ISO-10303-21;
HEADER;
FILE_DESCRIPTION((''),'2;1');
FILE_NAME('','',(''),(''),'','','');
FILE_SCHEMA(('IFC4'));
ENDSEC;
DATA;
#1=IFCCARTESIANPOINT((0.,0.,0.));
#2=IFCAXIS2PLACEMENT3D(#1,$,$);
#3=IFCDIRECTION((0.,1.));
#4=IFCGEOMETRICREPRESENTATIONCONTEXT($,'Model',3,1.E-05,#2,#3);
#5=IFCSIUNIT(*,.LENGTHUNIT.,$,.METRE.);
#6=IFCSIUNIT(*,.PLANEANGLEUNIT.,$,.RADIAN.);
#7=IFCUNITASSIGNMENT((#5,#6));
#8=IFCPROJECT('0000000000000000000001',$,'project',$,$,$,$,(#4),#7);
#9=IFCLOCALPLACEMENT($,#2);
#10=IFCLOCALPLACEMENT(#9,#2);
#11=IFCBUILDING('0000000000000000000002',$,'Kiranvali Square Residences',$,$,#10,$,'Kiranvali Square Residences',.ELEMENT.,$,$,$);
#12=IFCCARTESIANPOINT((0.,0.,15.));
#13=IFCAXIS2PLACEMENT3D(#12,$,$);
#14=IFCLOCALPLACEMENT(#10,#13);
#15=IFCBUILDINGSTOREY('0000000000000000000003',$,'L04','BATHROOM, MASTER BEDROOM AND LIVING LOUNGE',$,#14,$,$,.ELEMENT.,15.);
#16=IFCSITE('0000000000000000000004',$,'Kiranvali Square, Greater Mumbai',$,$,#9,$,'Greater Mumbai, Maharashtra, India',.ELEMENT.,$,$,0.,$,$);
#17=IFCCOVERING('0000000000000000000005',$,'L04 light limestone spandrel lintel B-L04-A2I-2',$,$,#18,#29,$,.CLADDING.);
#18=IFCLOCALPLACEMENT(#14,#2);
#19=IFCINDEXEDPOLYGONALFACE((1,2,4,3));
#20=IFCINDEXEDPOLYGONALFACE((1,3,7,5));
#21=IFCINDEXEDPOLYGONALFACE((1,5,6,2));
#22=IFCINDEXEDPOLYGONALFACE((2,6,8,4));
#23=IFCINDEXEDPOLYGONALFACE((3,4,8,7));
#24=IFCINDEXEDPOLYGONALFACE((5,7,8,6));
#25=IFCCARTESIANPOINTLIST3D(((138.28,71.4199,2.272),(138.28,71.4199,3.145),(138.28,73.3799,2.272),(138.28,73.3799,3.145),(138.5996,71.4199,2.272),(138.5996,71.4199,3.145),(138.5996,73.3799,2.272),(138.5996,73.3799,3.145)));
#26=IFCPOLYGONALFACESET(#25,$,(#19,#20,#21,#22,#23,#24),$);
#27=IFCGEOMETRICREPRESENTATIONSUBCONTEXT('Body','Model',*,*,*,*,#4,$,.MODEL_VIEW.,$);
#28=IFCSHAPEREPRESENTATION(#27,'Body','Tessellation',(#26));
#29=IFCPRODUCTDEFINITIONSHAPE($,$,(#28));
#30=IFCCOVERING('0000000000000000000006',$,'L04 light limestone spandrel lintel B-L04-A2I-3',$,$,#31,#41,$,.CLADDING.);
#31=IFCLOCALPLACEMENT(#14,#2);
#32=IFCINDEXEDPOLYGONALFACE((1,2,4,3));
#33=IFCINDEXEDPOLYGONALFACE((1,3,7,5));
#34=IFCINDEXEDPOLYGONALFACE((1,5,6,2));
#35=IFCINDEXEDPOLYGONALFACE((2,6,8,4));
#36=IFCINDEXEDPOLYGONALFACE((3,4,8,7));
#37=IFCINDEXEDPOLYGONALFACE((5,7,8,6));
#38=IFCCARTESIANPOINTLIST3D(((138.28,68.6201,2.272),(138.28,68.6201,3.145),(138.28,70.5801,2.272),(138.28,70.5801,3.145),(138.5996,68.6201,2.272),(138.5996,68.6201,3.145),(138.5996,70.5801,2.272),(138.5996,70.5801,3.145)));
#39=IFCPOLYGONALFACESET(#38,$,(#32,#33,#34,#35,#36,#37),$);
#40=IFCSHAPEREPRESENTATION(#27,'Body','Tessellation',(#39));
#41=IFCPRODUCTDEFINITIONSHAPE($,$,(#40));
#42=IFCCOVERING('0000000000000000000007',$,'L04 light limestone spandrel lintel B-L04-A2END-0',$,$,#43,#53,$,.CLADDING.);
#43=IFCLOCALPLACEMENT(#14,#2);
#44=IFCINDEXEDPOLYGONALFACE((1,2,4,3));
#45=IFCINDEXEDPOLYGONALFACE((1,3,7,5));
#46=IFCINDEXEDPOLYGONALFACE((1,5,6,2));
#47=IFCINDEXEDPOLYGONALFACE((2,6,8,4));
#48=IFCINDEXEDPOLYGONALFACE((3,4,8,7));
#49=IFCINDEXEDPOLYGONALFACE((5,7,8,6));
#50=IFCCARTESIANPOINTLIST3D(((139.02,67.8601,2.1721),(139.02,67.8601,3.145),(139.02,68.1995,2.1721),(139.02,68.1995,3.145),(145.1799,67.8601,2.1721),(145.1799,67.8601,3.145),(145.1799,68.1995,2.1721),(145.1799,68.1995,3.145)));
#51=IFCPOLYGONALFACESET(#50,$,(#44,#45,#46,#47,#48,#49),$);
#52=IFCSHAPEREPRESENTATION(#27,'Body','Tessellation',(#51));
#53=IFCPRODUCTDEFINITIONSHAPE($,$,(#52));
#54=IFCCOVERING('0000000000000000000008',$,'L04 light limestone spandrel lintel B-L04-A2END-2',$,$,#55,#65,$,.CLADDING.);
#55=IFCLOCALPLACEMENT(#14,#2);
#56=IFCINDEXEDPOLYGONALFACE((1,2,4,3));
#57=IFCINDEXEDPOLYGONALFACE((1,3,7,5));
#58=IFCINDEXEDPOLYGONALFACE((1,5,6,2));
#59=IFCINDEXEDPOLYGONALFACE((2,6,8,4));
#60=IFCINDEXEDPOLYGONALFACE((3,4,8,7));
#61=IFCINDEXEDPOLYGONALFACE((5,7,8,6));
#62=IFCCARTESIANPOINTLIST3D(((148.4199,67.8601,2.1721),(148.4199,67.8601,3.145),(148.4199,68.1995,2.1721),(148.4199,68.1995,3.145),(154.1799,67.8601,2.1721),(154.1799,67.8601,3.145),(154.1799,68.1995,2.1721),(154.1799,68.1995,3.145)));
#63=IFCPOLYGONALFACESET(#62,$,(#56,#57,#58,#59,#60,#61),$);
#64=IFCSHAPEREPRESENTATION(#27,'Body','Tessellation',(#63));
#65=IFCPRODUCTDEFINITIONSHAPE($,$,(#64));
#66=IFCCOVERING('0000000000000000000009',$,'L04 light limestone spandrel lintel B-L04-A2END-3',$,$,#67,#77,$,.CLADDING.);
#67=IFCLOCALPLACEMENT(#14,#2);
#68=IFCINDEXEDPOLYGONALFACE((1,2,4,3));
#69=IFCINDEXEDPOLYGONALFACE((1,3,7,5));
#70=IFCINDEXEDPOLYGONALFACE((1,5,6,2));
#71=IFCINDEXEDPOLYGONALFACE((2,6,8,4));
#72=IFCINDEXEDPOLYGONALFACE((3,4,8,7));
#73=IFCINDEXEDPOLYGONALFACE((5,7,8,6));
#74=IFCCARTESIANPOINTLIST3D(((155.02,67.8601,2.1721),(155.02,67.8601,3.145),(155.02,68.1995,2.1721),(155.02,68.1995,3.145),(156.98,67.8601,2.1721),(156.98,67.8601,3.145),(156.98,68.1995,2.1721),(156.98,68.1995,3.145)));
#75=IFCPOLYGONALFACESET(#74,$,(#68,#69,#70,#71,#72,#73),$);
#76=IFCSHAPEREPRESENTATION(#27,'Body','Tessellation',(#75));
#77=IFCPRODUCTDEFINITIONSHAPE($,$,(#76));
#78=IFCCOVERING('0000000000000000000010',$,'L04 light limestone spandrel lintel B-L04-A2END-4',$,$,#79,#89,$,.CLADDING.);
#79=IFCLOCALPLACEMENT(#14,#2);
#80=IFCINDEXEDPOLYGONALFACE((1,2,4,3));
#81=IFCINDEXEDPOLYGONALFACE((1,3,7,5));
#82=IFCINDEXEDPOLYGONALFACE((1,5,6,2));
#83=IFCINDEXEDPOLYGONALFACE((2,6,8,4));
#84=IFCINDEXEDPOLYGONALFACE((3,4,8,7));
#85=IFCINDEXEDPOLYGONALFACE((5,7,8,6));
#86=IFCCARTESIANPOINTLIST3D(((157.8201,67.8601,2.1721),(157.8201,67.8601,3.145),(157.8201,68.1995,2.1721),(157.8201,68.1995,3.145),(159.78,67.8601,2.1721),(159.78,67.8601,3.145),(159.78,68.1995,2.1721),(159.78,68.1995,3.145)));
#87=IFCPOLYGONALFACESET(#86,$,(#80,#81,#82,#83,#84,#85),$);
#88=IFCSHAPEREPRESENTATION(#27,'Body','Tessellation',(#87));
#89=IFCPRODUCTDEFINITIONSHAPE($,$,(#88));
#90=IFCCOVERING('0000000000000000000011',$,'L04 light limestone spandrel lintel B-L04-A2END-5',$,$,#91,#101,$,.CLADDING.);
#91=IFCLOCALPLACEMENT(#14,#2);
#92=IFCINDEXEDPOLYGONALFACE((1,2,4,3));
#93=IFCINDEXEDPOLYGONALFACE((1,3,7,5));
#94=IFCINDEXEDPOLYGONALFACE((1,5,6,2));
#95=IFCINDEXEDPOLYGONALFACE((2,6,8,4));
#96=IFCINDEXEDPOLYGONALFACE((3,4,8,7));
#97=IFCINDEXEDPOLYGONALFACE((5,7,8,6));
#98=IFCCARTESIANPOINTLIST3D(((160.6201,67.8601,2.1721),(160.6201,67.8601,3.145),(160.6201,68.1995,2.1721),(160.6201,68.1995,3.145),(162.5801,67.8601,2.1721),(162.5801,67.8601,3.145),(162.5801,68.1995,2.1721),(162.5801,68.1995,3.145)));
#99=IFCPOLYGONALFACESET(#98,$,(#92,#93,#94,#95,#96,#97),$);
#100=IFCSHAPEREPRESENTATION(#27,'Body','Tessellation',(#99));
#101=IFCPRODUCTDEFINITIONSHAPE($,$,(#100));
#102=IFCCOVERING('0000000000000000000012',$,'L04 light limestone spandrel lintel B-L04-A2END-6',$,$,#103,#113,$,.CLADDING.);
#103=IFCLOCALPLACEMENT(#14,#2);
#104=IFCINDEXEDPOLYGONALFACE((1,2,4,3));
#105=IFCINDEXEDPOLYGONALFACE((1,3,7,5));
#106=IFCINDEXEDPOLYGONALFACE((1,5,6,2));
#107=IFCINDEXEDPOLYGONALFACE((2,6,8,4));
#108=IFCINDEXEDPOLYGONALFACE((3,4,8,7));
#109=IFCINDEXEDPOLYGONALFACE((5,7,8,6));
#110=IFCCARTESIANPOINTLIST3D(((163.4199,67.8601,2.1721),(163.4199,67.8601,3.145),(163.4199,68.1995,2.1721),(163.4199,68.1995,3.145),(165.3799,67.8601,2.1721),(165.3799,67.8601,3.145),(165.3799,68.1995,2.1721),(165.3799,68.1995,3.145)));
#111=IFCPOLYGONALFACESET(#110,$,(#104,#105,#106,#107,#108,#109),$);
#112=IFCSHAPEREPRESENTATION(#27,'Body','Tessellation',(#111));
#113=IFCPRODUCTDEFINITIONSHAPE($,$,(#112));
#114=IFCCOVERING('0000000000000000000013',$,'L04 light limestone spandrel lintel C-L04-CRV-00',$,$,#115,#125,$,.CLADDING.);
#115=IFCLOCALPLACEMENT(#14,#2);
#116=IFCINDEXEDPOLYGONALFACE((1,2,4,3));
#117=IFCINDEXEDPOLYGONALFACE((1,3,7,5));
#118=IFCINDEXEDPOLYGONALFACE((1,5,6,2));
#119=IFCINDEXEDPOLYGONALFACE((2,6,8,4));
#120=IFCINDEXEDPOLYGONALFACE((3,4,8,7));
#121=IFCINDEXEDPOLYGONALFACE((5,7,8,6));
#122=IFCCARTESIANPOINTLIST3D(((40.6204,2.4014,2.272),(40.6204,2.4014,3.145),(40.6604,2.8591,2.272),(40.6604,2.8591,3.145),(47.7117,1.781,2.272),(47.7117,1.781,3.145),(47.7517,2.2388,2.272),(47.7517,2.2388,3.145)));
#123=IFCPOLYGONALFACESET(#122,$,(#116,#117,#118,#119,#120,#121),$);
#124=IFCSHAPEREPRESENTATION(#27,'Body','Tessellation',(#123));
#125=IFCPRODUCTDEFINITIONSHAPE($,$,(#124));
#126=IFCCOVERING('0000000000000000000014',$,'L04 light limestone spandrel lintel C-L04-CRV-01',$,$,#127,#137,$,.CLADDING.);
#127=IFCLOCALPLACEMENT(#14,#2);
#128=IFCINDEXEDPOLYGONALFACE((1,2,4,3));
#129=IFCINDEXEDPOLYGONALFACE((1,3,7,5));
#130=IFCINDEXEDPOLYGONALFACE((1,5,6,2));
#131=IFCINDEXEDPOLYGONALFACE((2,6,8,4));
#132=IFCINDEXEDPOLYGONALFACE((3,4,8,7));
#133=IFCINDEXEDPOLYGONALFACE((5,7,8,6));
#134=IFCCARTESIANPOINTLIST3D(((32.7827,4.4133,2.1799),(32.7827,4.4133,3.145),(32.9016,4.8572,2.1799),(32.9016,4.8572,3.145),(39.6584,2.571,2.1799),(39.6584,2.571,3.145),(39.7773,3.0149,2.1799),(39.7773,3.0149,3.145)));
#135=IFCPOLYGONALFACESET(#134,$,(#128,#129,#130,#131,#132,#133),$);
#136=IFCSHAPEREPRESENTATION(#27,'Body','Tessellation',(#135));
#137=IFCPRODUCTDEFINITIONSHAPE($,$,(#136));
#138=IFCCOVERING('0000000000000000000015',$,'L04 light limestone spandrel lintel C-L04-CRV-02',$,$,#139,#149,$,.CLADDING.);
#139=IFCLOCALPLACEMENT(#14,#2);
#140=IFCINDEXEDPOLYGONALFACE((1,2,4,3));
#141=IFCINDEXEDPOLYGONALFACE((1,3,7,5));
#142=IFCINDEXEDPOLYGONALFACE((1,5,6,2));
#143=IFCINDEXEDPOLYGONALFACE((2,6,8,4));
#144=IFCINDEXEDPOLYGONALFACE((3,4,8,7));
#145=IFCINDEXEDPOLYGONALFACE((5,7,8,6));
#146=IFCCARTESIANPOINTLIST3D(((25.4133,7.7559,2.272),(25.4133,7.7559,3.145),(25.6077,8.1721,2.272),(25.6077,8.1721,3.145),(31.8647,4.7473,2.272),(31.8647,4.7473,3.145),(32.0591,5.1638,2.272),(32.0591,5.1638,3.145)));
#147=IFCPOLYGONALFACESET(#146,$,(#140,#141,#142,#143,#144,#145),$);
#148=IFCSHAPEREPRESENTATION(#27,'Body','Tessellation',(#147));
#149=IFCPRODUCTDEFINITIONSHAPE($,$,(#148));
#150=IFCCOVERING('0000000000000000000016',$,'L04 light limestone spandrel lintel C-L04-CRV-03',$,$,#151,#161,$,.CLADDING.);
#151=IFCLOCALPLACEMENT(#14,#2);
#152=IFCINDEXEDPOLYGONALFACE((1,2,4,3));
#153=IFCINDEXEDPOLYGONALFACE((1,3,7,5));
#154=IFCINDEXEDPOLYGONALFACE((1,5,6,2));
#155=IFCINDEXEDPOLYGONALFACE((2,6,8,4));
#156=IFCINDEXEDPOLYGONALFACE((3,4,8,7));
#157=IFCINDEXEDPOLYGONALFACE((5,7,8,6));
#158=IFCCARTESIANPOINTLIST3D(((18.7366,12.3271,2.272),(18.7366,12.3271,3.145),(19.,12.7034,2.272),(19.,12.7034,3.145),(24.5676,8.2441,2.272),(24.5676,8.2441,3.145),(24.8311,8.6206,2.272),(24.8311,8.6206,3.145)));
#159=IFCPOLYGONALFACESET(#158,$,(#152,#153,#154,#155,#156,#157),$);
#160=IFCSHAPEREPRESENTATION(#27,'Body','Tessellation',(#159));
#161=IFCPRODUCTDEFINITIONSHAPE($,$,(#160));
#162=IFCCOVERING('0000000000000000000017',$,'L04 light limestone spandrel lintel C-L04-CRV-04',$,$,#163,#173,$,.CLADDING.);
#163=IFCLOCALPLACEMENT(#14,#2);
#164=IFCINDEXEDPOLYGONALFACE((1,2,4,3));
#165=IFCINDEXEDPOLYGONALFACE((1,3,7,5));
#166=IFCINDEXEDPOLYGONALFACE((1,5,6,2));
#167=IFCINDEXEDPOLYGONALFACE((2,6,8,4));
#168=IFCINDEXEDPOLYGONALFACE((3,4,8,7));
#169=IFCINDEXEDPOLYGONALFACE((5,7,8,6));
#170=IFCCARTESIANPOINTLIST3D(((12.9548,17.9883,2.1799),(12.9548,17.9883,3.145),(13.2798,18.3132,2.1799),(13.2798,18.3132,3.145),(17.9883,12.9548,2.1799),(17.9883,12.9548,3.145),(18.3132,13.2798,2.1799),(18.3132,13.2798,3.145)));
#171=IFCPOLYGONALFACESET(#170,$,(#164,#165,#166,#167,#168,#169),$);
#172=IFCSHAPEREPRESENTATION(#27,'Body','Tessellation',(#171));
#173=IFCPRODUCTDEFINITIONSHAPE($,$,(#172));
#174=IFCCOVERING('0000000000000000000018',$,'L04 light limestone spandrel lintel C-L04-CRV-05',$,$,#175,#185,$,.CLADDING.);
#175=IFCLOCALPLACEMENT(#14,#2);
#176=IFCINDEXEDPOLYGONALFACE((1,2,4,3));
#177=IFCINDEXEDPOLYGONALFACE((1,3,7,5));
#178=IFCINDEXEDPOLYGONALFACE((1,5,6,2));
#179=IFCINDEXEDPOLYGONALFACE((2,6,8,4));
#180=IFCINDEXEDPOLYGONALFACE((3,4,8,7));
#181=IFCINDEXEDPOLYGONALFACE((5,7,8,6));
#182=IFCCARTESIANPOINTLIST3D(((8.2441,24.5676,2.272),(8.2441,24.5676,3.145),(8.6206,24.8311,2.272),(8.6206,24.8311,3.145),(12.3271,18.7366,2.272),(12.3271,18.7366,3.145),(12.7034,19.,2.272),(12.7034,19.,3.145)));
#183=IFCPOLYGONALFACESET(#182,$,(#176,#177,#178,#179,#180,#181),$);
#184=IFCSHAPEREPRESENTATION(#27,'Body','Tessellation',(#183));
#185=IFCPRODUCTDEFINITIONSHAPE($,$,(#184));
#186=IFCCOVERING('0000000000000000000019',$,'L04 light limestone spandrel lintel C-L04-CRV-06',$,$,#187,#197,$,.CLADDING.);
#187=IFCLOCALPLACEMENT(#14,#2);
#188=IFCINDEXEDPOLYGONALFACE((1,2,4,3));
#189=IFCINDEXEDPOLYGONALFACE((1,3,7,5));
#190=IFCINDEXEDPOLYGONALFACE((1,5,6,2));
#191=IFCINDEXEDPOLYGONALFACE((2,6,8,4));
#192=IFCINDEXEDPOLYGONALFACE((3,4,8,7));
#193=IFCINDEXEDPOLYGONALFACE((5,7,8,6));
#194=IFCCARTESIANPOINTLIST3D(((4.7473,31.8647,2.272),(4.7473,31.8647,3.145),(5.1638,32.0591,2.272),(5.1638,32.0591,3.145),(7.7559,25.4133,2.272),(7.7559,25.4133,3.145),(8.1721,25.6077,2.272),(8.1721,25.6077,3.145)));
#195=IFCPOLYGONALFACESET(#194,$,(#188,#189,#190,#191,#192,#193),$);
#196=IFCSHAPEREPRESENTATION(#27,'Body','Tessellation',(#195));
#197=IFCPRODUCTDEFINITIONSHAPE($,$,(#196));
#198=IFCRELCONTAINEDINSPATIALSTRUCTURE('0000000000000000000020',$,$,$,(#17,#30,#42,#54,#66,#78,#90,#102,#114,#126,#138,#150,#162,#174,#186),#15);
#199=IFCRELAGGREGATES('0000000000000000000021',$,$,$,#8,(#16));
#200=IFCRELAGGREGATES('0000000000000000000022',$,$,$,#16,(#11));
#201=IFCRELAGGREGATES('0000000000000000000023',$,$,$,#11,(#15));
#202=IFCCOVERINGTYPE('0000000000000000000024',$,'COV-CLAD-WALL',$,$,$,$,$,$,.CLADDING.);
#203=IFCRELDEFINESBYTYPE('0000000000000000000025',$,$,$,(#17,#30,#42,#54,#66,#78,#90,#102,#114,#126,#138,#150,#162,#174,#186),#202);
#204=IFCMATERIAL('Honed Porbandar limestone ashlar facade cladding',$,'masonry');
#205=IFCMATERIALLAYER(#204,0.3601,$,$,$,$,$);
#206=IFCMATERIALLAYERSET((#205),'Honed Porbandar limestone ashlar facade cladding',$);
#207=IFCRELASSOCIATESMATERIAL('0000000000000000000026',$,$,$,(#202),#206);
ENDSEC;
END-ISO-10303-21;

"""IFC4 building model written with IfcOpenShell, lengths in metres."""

from ifc_helpers import new_model, si_unit, direction, frame, origin, place, context, subcontext, project, spatial, polyline, outline, extrude, material, layer, layer_set, type_object, element, save


model = new_model("IFC4")

# Units and contexts
model_context = context("Model", 3, precision=1e-05, world=origin(), true_north=direction((0.0, 1.0)))
body_context = subcontext(model_context, "Body", "Model", "MODEL_VIEW")
ifc_project = project(units=[si_unit("LENGTHUNIT", "METRE"), si_unit("PLANEANGLEUNIT", "RADIAN")], contexts=[model_context])

# Site, building, storey
site_placement = place(None, origin())
site = spatial("IfcSite", under=ifc_project, at=site_placement, Name="Kiranvali Square, Greater Mumbai", LongName="Greater Mumbai, Maharashtra, India", CompositionType="ELEMENT", RefElevation=0.0)
building_placement = place(site_placement, origin())
building = spatial("IfcBuilding", under=site, at=building_placement, Name="Kiranvali Square Residences", LongName="Kiranvali Square Residences", CompositionType="ELEMENT")
storey_placement = place(building_placement, frame((0.0, 0.0, 15.0)))
storey = spatial("IfcBuildingStorey", under=building, at=storey_placement, Name="L04", Description="BATHROOM, MASTER BEDROOM AND LIVING LOUNGE", CompositionType="ELEMENT", Elevation=15.0)

# Coverings
ifc_material = material(Name="Honed Porbandar limestone ashlar facade cladding", Category="masonry")
ifc_layer = layer(ifc_material, 0.3601)
ifc_layer_set = layer_set([ifc_layer], Name="Honed Porbandar limestone ashlar facade cladding")
covering_type = type_object("IfcCoveringType", Name="COV-CLAD-WALL", PredefinedType="CLADDING", material=ifc_layer_set)
covering_1_placement = place(storey_placement, frame((0.0, 0.0, 2.272)))
element("IfcCovering", 1, at=covering_1_placement, inside=storey, type_object=covering_type, Name="L04 light limestone spandrel lintel B-L04-A2I-2", PredefinedType="CLADDING", context=body_context, shape_type="SweptSolid", body=[
    extrude(outline(polyline([(138.28, 73.3799), (138.28, 71.4199), (138.5996, 71.4199), (138.5996, 73.3799), (138.28, 73.3799)])), origin(), (0.0, 0.0, 1.0), 0.873),
])
covering_2_placement = place(storey_placement, frame((0.0, 0.0, 2.272)))
element("IfcCovering", 2, at=covering_2_placement, inside=storey, type_object=covering_type, Name="L04 light limestone spandrel lintel B-L04-A2I-3", PredefinedType="CLADDING", context=body_context, shape_type="SweptSolid", body=[
    extrude(outline(polyline([(138.28, 70.5801), (138.28, 68.6201), (138.5996, 68.6201), (138.5996, 70.5801), (138.28, 70.5801)])), origin(), (0.0, 0.0, 1.0), 0.873),
])
covering_3_placement = place(storey_placement, frame((0.0, 0.0, 2.1721)))
element("IfcCovering", 3, at=covering_3_placement, inside=storey, type_object=covering_type, Name="L04 light limestone spandrel lintel B-L04-A2END-0", PredefinedType="CLADDING", context=body_context, shape_type="SweptSolid", body=[
    extrude(outline(polyline([(139.02, 67.8601), (145.1799, 67.8601), (145.1799, 68.1995), (139.02, 68.1995), (139.02, 67.8601)])), origin(), (0.0, 0.0, 1.0), 0.9729),
])
covering_4_placement = place(storey_placement, frame((0.0, 0.0, 2.1721)))
element("IfcCovering", 4, at=covering_4_placement, inside=storey, type_object=covering_type, Name="L04 light limestone spandrel lintel B-L04-A2END-2", PredefinedType="CLADDING", context=body_context, shape_type="SweptSolid", body=[
    extrude(outline(polyline([(148.4199, 67.8601), (154.1799, 67.8601), (154.1799, 68.1995), (148.4199, 68.1995), (148.4199, 67.8601)])), origin(), (0.0, 0.0, 1.0), 0.9729),
])
covering_5_placement = place(storey_placement, frame((0.0, 0.0, 2.1721)))
element("IfcCovering", 5, at=covering_5_placement, inside=storey, type_object=covering_type, Name="L04 light limestone spandrel lintel B-L04-A2END-3", PredefinedType="CLADDING", context=body_context, shape_type="SweptSolid", body=[
    extrude(outline(polyline([(155.02, 67.8601), (156.98, 67.8601), (156.98, 68.1995), (155.02, 68.1995), (155.02, 67.8601)])), origin(), (0.0, 0.0, 1.0), 0.9729),
])
covering_6_placement = place(storey_placement, frame((0.0, 0.0, 2.1721)))
element("IfcCovering", 6, at=covering_6_placement, inside=storey, type_object=covering_type, Name="L04 light limestone spandrel lintel B-L04-A2END-4", PredefinedType="CLADDING", context=body_context, shape_type="SweptSolid", body=[
    extrude(outline(polyline([(157.8201, 67.8601), (159.78, 67.8601), (159.78, 68.1995), (157.8201, 68.1995), (157.8201, 67.8601)])), origin(), (0.0, 0.0, 1.0), 0.9729),
])
covering_7_placement = place(storey_placement, frame((0.0, 0.0, 2.1721)))
element("IfcCovering", 7, at=covering_7_placement, inside=storey, type_object=covering_type, Name="L04 light limestone spandrel lintel B-L04-A2END-5", PredefinedType="CLADDING", context=body_context, shape_type="SweptSolid", body=[
    extrude(outline(polyline([(160.6201, 67.8601), (162.5801, 67.8601), (162.5801, 68.1995), (160.6201, 68.1995), (160.6201, 67.8601)])), origin(), (0.0, 0.0, 1.0), 0.9729),
])
covering_8_placement = place(storey_placement, frame((0.0, 0.0, 2.1721)))
element("IfcCovering", 8, at=covering_8_placement, inside=storey, type_object=covering_type, Name="L04 light limestone spandrel lintel B-L04-A2END-6", PredefinedType="CLADDING", context=body_context, shape_type="SweptSolid", body=[
    extrude(outline(polyline([(163.4199, 67.8601), (165.3799, 67.8601), (165.3799, 68.1995), (163.4199, 68.1995), (163.4199, 67.8601)])), origin(), (0.0, 0.0, 1.0), 0.9729),
])
covering_9_placement = place(storey_placement, frame((0.0, 0.0, 2.272)))
element("IfcCovering", 9, at=covering_9_placement, inside=storey, type_object=covering_type, Name="L04 light limestone spandrel lintel C-L04-CRV-00", PredefinedType="CLADDING", context=body_context, shape_type="SweptSolid", body=[
    extrude(outline(polyline([(47.7517, 2.2388), (40.6604, 2.8591), (40.6204, 2.4014), (47.7117, 1.781), (47.7517, 2.2388)])), origin(), (0.0, 0.0, 1.0), 0.873),
])
covering_10_placement = place(storey_placement, frame((0.0, 0.0, 2.1799)))
element("IfcCovering", 10, at=covering_10_placement, inside=storey, type_object=covering_type, Name="L04 light limestone spandrel lintel C-L04-CRV-01", PredefinedType="CLADDING", context=body_context, shape_type="SweptSolid", body=[
    extrude(outline(polyline([(39.7773, 3.0149), (32.9016, 4.8572), (32.7827, 4.4133), (39.6584, 2.571), (39.7773, 3.0149)])), origin(), (0.0, 0.0, 1.0), 0.9651),
])
covering_11_placement = place(storey_placement, frame((0.0, 0.0, 2.272)))
element("IfcCovering", 11, at=covering_11_placement, inside=storey, type_object=covering_type, Name="L04 light limestone spandrel lintel C-L04-CRV-02", PredefinedType="CLADDING", context=body_context, shape_type="SweptSolid", body=[
    extrude(outline(polyline([(32.0591, 5.1638), (25.6077, 8.1721), (25.4133, 7.7559), (31.8647, 4.7473), (32.0591, 5.1638)])), origin(), (0.0, 0.0, 1.0), 0.873),
])
covering_12_placement = place(storey_placement, frame((0.0, 0.0, 2.272)))
element("IfcCovering", 12, at=covering_12_placement, inside=storey, type_object=covering_type, Name="L04 light limestone spandrel lintel C-L04-CRV-03", PredefinedType="CLADDING", context=body_context, shape_type="SweptSolid", body=[
    extrude(outline(polyline([(24.8311, 8.6206), (19.0, 12.7034), (18.7366, 12.3271), (24.5676, 8.2441), (24.8311, 8.6206)])), origin(), (0.0, 0.0, 1.0), 0.873),
])
covering_13_placement = place(storey_placement, frame((0.0, 0.0, 2.1799)))
element("IfcCovering", 13, at=covering_13_placement, inside=storey, type_object=covering_type, Name="L04 light limestone spandrel lintel C-L04-CRV-04", PredefinedType="CLADDING", context=body_context, shape_type="SweptSolid", body=[
    extrude(outline(polyline([(18.3132, 13.2798), (13.2798, 18.3132), (12.9548, 17.9883), (17.9883, 12.9548), (18.3132, 13.2798)])), origin(), (0.0, 0.0, 1.0), 0.9651),
])
covering_14_placement = place(storey_placement, frame((0.0, 0.0, 2.272)))
element("IfcCovering", 14, at=covering_14_placement, inside=storey, type_object=covering_type, Name="L04 light limestone spandrel lintel C-L04-CRV-05", PredefinedType="CLADDING", context=body_context, shape_type="SweptSolid", body=[
    extrude(outline(polyline([(12.7034, 19.0), (8.6206, 24.8311), (8.2441, 24.5676), (12.3271, 18.7366), (12.7034, 19.0)])), origin(), (0.0, 0.0, 1.0), 0.873),
])
covering_15_placement = place(storey_placement, frame((0.0, 0.0, 2.272)))
element("IfcCovering", 15, at=covering_15_placement, inside=storey, type_object=covering_type, Name="L04 light limestone spandrel lintel C-L04-CRV-06", PredefinedType="CLADDING", context=body_context, shape_type="SweptSolid", body=[
    extrude(outline(polyline([(8.1721, 25.6077), (5.1638, 32.0591), (4.7473, 31.8647), (7.7559, 25.4133), (8.1721, 25.6077)])), origin(), (0.0, 0.0, 1.0), 0.873),
])

save(model, "model.ifc")
